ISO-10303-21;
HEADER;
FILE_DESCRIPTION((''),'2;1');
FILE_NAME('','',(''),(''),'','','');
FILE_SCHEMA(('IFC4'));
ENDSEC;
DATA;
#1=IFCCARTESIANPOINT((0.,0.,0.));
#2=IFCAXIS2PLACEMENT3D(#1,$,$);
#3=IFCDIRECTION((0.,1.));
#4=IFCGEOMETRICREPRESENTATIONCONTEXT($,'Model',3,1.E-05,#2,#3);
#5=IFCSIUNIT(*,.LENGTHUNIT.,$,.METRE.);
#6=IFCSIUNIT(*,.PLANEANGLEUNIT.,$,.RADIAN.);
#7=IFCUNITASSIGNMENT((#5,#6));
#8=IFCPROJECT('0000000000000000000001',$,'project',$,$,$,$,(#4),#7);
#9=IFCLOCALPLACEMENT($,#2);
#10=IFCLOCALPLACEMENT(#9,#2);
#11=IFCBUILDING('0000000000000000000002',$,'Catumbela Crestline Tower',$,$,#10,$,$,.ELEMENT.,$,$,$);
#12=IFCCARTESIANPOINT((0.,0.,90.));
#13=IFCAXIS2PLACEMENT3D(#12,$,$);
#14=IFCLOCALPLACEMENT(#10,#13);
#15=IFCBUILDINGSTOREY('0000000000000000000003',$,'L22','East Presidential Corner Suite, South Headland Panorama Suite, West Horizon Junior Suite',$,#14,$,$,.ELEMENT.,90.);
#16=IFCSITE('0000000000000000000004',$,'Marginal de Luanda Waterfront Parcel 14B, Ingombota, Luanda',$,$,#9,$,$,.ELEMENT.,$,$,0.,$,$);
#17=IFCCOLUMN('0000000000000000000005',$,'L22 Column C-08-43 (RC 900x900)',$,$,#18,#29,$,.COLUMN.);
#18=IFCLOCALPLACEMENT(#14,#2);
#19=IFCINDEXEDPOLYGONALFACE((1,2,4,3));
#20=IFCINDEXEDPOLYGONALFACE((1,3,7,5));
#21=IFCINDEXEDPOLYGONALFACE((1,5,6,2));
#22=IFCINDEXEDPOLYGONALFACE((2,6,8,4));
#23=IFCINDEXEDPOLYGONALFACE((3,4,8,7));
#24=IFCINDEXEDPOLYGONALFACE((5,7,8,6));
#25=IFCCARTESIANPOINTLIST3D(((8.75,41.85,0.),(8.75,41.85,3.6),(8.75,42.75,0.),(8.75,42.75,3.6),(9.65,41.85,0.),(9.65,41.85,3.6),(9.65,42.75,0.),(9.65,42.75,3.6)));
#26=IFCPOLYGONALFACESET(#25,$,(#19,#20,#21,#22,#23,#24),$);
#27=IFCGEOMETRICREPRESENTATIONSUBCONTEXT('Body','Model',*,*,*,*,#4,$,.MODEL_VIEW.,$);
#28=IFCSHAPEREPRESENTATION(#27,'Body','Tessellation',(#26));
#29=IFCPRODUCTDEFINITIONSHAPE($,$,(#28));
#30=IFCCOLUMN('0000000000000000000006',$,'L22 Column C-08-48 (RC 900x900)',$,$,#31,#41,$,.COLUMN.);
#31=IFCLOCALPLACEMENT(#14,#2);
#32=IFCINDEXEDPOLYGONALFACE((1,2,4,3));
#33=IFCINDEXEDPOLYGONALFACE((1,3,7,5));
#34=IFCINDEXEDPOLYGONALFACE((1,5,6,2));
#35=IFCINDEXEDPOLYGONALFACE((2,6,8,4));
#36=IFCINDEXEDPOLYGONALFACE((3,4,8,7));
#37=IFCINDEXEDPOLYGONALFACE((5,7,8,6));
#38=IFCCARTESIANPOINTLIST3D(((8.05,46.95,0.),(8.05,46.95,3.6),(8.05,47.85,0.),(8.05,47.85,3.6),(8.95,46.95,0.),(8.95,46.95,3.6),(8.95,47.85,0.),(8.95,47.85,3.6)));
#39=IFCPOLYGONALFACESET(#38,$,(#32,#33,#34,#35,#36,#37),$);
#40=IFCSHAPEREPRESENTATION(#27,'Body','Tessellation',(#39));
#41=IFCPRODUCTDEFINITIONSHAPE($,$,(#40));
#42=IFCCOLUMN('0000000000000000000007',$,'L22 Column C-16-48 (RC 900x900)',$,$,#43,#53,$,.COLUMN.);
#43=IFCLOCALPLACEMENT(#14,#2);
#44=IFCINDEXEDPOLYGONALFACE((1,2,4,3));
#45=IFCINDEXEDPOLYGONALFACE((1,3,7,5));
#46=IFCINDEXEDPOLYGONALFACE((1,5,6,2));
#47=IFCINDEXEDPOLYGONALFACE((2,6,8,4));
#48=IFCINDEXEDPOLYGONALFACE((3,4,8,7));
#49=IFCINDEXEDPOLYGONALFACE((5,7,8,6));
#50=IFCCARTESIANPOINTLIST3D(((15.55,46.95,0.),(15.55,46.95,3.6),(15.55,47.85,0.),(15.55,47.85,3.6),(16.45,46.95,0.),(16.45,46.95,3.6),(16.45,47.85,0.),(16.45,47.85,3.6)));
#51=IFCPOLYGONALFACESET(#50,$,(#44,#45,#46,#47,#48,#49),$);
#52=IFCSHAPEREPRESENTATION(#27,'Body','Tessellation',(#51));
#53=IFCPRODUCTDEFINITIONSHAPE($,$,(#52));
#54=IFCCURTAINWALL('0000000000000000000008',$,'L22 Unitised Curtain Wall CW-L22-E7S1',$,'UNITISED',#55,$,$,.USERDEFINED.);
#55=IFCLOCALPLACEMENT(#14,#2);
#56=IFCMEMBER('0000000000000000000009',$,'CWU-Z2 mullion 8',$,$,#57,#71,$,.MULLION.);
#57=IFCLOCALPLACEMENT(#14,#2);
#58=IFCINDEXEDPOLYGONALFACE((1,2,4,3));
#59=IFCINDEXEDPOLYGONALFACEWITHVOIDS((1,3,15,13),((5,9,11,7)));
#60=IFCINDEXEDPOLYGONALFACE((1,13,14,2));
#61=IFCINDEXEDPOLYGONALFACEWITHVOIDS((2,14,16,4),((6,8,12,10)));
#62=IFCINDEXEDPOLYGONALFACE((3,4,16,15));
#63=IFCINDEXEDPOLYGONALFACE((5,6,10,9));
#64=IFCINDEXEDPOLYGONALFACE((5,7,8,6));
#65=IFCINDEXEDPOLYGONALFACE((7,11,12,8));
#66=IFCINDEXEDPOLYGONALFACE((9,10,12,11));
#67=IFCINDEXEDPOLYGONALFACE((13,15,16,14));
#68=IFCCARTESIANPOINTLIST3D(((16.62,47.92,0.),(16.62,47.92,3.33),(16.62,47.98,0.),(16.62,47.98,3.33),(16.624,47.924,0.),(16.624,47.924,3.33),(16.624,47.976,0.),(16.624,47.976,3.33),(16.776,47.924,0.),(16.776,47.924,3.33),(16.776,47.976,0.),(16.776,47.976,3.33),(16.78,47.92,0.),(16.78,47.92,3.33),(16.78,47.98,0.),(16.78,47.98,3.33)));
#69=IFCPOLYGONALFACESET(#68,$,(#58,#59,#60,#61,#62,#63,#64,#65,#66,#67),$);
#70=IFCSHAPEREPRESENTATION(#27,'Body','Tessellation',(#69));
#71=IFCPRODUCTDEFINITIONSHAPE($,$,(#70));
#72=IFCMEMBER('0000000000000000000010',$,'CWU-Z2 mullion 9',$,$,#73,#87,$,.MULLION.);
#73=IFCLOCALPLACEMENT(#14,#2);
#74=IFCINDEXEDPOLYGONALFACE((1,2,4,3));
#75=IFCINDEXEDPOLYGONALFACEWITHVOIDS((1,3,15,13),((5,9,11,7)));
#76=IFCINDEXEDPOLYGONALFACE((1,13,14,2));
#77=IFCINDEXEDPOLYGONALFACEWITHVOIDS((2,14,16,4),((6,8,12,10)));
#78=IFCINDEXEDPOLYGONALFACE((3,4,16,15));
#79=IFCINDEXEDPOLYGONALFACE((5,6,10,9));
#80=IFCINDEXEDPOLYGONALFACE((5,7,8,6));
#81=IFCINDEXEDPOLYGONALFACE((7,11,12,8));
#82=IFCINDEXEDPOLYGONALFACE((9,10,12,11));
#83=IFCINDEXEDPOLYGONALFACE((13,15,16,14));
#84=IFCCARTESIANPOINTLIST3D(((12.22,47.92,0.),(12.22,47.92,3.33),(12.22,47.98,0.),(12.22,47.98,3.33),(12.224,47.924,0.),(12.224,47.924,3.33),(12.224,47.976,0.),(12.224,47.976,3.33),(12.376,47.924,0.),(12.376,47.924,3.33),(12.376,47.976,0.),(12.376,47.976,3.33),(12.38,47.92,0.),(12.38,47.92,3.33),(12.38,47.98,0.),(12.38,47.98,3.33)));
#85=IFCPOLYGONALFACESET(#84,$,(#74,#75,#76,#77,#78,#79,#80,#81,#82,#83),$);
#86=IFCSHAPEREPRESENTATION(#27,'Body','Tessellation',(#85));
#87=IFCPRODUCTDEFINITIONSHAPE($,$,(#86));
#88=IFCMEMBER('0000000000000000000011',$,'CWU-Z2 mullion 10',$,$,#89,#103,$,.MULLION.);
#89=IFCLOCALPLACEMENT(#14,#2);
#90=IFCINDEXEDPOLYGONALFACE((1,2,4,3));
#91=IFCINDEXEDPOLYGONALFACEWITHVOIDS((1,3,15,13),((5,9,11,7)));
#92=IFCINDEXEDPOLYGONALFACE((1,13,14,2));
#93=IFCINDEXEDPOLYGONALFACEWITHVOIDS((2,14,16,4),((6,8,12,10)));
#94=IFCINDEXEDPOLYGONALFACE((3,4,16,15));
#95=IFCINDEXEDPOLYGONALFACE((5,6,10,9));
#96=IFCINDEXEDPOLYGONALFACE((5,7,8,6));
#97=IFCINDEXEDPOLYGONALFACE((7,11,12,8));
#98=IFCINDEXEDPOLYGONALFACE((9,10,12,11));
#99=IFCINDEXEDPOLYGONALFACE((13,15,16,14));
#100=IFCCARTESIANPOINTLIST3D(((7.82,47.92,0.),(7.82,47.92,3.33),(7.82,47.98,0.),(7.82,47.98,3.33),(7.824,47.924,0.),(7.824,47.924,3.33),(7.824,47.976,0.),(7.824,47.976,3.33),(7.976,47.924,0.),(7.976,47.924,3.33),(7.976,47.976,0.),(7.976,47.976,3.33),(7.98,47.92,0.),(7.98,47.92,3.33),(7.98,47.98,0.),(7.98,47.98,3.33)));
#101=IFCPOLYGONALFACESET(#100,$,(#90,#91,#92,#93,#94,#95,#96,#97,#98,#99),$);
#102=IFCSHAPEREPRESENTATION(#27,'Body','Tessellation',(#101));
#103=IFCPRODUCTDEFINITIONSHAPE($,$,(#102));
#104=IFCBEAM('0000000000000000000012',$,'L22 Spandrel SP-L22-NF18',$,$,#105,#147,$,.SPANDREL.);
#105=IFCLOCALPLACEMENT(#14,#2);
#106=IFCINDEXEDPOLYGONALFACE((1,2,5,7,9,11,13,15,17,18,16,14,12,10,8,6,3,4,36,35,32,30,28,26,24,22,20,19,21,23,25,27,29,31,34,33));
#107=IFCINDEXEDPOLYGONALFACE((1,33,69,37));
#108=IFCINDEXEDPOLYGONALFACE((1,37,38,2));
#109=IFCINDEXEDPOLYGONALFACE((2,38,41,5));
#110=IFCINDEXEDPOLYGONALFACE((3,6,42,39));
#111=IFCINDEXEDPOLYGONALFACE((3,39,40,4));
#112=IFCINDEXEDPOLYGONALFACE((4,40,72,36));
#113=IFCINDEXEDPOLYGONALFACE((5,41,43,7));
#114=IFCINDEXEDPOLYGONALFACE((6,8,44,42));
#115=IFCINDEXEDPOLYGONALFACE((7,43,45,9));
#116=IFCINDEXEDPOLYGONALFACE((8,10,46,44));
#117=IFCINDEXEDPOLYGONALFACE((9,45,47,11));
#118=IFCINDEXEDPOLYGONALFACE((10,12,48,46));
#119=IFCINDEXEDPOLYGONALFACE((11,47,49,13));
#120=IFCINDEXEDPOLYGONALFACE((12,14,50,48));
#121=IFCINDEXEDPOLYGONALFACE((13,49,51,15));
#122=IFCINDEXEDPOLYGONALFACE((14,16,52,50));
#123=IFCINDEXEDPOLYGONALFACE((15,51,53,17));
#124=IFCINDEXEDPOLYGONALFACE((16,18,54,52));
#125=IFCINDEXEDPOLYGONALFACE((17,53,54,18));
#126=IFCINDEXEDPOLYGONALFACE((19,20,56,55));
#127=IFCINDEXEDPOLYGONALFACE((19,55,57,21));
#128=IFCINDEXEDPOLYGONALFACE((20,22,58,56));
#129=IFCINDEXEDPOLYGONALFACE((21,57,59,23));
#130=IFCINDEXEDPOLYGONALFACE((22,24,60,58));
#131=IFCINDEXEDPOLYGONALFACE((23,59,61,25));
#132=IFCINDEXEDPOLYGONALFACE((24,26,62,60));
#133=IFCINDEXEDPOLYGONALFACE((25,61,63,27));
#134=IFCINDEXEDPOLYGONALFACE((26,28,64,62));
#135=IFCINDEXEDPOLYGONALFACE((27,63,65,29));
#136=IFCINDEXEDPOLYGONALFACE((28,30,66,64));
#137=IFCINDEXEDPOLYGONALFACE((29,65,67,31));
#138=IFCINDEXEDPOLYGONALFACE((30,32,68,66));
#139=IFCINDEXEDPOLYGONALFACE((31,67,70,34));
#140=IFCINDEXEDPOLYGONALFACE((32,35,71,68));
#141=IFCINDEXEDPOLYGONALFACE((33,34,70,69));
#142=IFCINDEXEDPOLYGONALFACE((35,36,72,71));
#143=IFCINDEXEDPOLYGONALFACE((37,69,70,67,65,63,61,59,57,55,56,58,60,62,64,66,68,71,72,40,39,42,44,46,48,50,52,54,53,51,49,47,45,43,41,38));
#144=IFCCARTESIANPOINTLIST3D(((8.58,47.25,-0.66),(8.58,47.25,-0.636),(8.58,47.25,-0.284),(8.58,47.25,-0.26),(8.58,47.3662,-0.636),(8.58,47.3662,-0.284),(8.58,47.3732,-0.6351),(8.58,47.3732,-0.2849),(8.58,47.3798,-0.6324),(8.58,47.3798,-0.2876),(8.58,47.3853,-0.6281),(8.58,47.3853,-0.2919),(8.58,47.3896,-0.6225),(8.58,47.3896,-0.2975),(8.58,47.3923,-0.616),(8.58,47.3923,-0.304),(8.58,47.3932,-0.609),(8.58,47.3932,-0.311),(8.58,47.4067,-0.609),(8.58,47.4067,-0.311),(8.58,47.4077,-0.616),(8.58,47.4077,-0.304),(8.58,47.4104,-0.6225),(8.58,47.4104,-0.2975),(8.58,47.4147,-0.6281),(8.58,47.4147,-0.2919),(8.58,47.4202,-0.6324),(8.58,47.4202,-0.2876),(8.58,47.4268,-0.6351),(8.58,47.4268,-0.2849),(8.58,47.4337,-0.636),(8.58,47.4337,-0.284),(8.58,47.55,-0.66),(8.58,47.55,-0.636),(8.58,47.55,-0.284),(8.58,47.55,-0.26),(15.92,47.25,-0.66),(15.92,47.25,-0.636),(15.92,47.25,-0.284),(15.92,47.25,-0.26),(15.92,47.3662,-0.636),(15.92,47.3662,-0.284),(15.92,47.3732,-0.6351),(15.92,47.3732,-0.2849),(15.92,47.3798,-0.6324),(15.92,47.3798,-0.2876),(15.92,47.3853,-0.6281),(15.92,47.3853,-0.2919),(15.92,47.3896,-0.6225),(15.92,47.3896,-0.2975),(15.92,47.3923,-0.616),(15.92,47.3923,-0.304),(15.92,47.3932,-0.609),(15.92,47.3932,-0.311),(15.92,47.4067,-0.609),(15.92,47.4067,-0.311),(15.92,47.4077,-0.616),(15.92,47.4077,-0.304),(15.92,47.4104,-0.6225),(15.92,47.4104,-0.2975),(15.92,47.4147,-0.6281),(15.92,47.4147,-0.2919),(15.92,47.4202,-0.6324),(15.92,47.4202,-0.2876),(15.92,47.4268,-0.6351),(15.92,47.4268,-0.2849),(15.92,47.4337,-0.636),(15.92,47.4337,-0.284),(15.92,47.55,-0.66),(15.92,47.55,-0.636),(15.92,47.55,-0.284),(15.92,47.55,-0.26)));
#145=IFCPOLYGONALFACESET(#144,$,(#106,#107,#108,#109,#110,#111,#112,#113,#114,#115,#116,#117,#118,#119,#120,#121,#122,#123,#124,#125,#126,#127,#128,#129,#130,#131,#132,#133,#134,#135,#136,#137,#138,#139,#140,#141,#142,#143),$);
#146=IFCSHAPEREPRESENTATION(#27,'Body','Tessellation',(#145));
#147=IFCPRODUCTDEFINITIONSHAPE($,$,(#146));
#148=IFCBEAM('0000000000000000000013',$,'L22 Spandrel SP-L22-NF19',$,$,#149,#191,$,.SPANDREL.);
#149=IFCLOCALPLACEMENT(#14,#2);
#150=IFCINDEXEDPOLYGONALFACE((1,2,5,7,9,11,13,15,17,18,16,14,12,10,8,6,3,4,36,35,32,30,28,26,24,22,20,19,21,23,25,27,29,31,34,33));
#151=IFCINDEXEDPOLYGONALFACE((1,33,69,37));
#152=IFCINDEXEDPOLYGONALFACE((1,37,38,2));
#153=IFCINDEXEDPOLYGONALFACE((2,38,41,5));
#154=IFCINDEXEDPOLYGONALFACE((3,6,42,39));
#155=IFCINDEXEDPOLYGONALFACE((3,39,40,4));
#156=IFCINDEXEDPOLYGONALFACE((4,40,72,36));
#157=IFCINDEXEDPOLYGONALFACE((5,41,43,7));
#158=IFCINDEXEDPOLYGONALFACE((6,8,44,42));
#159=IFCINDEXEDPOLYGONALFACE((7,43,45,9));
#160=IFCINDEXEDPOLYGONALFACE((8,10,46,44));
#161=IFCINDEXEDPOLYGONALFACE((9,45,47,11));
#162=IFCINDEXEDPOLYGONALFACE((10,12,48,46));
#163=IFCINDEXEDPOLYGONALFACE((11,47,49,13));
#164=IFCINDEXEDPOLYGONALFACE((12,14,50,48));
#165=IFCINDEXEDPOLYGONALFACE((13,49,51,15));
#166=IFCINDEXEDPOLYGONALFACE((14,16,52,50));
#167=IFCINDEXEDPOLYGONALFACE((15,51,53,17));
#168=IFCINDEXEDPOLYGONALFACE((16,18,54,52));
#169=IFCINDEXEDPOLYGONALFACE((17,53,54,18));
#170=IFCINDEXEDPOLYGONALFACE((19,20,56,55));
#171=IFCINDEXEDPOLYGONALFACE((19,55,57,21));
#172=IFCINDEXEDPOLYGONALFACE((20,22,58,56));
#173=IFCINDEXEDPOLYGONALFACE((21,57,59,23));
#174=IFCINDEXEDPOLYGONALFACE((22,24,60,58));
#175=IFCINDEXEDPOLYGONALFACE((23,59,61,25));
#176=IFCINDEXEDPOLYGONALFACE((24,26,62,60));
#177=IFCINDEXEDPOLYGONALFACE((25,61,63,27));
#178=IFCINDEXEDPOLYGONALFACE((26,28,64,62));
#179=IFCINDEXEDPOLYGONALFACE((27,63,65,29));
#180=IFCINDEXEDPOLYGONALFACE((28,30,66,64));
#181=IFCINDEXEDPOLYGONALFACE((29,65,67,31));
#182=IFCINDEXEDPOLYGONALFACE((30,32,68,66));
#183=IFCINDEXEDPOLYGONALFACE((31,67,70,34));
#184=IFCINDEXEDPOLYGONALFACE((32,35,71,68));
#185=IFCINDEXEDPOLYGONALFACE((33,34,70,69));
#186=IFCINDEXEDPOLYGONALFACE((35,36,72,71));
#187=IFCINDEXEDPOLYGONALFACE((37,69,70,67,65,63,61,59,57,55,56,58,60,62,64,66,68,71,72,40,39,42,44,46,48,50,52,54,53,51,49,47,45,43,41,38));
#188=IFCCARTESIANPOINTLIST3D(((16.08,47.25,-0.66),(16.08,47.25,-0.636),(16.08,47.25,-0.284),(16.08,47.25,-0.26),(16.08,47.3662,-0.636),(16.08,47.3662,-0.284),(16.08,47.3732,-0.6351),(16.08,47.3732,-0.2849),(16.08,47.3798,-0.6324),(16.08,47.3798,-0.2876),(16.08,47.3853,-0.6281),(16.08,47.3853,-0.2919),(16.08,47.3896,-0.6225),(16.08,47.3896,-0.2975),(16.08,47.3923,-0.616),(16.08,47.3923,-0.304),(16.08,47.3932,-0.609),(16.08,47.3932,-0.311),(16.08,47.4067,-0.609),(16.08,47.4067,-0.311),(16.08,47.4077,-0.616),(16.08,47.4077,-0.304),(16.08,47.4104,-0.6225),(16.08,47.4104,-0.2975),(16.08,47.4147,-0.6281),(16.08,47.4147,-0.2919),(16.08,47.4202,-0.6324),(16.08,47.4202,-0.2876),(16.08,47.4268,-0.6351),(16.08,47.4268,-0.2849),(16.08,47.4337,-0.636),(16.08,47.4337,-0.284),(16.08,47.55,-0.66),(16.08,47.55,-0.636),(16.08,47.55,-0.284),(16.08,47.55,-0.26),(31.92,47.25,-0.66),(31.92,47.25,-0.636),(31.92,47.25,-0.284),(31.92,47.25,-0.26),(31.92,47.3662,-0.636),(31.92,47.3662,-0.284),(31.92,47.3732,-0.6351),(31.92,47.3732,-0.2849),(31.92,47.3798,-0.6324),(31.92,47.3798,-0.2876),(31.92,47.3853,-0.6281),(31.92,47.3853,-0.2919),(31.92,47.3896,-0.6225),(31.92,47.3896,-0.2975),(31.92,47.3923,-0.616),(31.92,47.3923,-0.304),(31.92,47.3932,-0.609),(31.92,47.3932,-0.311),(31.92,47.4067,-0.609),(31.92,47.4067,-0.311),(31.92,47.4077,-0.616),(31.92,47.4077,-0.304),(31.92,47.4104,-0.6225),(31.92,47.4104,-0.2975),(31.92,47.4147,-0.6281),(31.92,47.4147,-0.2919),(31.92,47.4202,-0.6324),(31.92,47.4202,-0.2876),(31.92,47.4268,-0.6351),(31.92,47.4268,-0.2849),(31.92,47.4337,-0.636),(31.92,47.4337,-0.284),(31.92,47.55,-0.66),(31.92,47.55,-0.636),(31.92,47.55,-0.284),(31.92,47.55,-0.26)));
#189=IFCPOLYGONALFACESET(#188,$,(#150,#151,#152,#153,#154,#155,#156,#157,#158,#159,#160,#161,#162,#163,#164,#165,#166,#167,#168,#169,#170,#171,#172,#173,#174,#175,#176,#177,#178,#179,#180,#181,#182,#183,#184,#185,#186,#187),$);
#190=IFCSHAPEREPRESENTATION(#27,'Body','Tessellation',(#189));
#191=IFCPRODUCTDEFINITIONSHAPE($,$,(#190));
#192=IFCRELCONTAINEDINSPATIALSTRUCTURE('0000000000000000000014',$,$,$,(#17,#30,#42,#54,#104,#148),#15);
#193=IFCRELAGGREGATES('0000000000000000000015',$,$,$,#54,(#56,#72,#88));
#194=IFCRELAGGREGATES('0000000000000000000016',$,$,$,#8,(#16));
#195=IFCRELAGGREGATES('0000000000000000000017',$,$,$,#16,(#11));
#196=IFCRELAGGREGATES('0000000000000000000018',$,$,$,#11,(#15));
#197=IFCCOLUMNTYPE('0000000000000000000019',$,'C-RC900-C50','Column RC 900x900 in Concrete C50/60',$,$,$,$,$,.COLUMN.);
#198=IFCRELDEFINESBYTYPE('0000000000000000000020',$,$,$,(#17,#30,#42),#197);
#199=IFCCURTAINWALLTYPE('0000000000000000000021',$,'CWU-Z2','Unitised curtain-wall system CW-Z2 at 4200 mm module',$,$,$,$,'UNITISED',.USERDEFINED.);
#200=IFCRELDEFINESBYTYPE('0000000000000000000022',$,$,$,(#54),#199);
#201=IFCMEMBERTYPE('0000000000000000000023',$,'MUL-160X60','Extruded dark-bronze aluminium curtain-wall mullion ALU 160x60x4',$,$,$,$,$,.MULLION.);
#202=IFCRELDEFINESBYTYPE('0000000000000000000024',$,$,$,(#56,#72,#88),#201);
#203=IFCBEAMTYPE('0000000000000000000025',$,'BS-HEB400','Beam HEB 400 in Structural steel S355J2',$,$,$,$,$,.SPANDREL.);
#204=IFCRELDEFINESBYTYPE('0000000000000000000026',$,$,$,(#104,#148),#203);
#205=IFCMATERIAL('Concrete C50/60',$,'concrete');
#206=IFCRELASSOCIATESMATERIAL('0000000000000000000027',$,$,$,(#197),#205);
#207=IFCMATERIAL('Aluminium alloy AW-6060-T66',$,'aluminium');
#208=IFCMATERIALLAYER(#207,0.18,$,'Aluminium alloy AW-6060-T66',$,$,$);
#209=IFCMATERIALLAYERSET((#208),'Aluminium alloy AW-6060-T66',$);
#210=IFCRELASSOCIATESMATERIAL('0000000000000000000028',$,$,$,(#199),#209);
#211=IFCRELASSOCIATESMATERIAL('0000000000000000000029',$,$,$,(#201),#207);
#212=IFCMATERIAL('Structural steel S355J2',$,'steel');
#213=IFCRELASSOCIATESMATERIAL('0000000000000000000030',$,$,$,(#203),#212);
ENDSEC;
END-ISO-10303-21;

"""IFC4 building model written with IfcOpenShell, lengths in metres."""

from ifc_helpers import new_model, si_unit, direction, frame, origin, origin_2d, place, context, subcontext, project, spatial, rectangle, hollow_rectangle, i_section, extrude, material, layer, layer_set, material_profile, profile_set, type_object, element, aggregate, save


model = new_model("IFC4")

# Units and contexts
model_context = context("Model", 3, precision=1e-05, world=origin(), true_north=direction((0.0, 1.0)))
body_context = subcontext(model_context, "Body", "Model", "MODEL_VIEW")
ifc_project = project(units=[si_unit("LENGTHUNIT", "METRE"), si_unit("PLANEANGLEUNIT", "RADIAN")], contexts=[model_context])

# Site, building, storey
site_placement = place(None, origin())
site = spatial("IfcSite", under=ifc_project, at=site_placement, Name="Marginal de Luanda Waterfront Parcel 14B, Ingombota, Luanda", CompositionType="ELEMENT", RefElevation=0.0)
building_placement = place(site_placement, origin())
building = spatial("IfcBuilding", under=site, at=building_placement, Name="Catumbela Crestline Tower", CompositionType="ELEMENT")
storey_placement = place(building_placement, frame((0.0, 0.0, 90.0)))
storey = spatial("IfcBuildingStorey", under=building, at=storey_placement, Name="L22", Description="East Presidential Corner Suite, South Headland Panorama Suite, West Horizon Junior Suite", CompositionType="ELEMENT", Elevation=90.0)

# Columns
ifc_material_1 = material(Name="Concrete C50/60", Category="concrete")
ifc_material_profile_1 = material_profile(ifc_material_1, rectangle(XDim=0.9, YDim=0.9, at=origin_2d()), Name="RC 900x900")
ifc_profile_set_1 = profile_set([ifc_material_profile_1], Name="Concrete C50/60")
column_type = type_object("IfcColumnType", Name="C-RC900-C50", Description="Column RC 900x900 in Concrete C50/60", PredefinedType="COLUMN", material=ifc_profile_set_1)
for number, where, z_axis, x_axis, name in (
    (1, (9.2, 42.3, 0.0), (0.0, 0.0, 1.0), (1.0, 0.0, 0.0), "L22 Column C-08-43 (RC 900x900)"),
    (2, (8.5, 47.4, 0.0), (0.0, 0.0, 1.0), (1.0, 0.0, 0.0), "L22 Column C-08-48 (RC 900x900)"),
    (3, (16.0, 47.4, 0.0), (0.0, 0.0, 1.0), (1.0, 0.0, 0.0), "L22 Column C-16-48 (RC 900x900)"),
):
    element("IfcColumn", number, at=place(storey_placement, frame(where, z_axis=z_axis, x_axis=x_axis)), inside=storey, type_object=column_type, Name=name, PredefinedType="COLUMN", context=body_context, shape_type="SweptSolid", body=[
        extrude(rectangle(XDim=0.9, YDim=0.9, at=origin_2d()), origin(), (0.0, 0.0, 1.0), 3.6),
    ])

# Curtain wall, members
ifc_material_2 = material(Name="Aluminium alloy AW-6060-T66", Category="aluminium")
ifc_layer_1 = layer(ifc_material_2, 0.18, Name="Aluminium alloy AW-6060-T66")
ifc_layer_set_1 = layer_set([ifc_layer_1], Name="Aluminium alloy AW-6060-T66")
curtain_wall_type = type_object("IfcCurtainWallType", Name="CWU-Z2", Description="Unitised curtain-wall system CW-Z2 at 4200 mm module", ElementType="UNITISED", PredefinedType="USERDEFINED", material=ifc_layer_set_1)
curtain_wall_placement = place(storey_placement, origin())
curtain_wall = element("IfcCurtainWall", 4, at=curtain_wall_placement, inside=storey, type_object=curtain_wall_type, Name="L22 Unitised Curtain Wall CW-L22-E7S1", ObjectType="UNITISED", PredefinedType="USERDEFINED")
ifc_material_profile_2 = material_profile(ifc_material_2, hollow_rectangle(XDim=0.06, YDim=0.16, WallThickness=0.004, at=origin_2d()), Name="ALU 160x60x4")
ifc_profile_set_2 = profile_set([ifc_material_profile_2], Name="Aluminium alloy AW-6060-T66")
member_type_1 = type_object("IfcMemberType", Name="MUL-160X60", Description="Extruded dark-bronze aluminium curtain-wall mullion ALU 160x60x4", PredefinedType="MULLION", material=ifc_profile_set_2)
member_1_placement = place(storey_placement, frame((16.7, 47.95, 0.0), z_axis=(0.0, 0.0, 1.0), x_axis=(0.0, -1.0, 0.0)))
member_1 = element("IfcMember", 5, at=member_1_placement, type_object=member_type_1, Name="CWU-Z2 mullion 8", PredefinedType="MULLION", context=body_context, shape_type="SweptSolid", body=[
    extrude(hollow_rectangle(XDim=0.06, YDim=0.16, WallThickness=0.004, at=origin_2d()), origin(), (0.0, 0.0, 1.0), 3.33),
])
member_2_placement = place(storey_placement, frame((12.3, 47.95, 0.0), z_axis=(0.0, 0.0, 1.0), x_axis=(0.0, -1.0, 0.0)))
member_2 = element("IfcMember", 6, at=member_2_placement, type_object=member_type_1, Name="CWU-Z2 mullion 9", PredefinedType="MULLION", context=body_context, shape_type="SweptSolid", body=[
    extrude(hollow_rectangle(XDim=0.06, YDim=0.16, WallThickness=0.004, at=origin_2d()), origin(), (0.0, 0.0, 1.0), 3.33),
])
member_3_placement = place(storey_placement, frame((7.9, 47.95, 0.0), z_axis=(0.0, 0.0, 1.0), x_axis=(0.0, -1.0, 0.0)))
member_3 = element("IfcMember", 7, at=member_3_placement, type_object=member_type_1, Name="CWU-Z2 mullion 10", PredefinedType="MULLION", context=body_context, shape_type="SweptSolid", body=[
    extrude(hollow_rectangle(XDim=0.06, YDim=0.16, WallThickness=0.004, at=origin_2d()), origin(), (0.0, 0.0, 1.0), 3.33),
])

# Beams
ifc_material_3 = material(Name="Structural steel S355J2", Category="steel")
ifc_material_profile_3 = material_profile(ifc_material_3, i_section(OverallWidth=0.3, OverallDepth=0.4, WebThickness=0.0135, FlangeThickness=0.024, FilletRadius=0.027, at=origin_2d()), Name="HEB 400")
ifc_profile_set_3 = profile_set([ifc_material_profile_3], Name="Structural steel S355J2")
beam_type = type_object("IfcBeamType", Name="BS-HEB400", Description="Beam HEB 400 in Structural steel S355J2", PredefinedType="SPANDREL", material=ifc_profile_set_3)
beam_1_placement = place(storey_placement, frame((8.58, 47.4, -0.46), z_axis=(1.0, 0.0, 0.0), x_axis=(0.0, 1.0, 0.0)))
element("IfcBeam", 8, at=beam_1_placement, inside=storey, type_object=beam_type, Name="L22 Spandrel SP-L22-NF18", PredefinedType="SPANDREL", context=body_context, shape_type="SweptSolid", body=[
    extrude(i_section(OverallWidth=0.3, OverallDepth=0.4, WebThickness=0.0135, FlangeThickness=0.024, FilletRadius=0.027, at=origin_2d()), origin(), (0.0, 0.0, 1.0), 7.34),
])
beam_2_placement = place(storey_placement, frame((16.08, 47.4, -0.46), z_axis=(1.0, 0.0, 0.0), x_axis=(0.0, 1.0, 0.0)))
element("IfcBeam", 9, at=beam_2_placement, inside=storey, type_object=beam_type, Name="L22 Spandrel SP-L22-NF19", PredefinedType="SPANDREL", context=body_context, shape_type="SweptSolid", body=[
    extrude(i_section(OverallWidth=0.3, OverallDepth=0.4, WebThickness=0.0135, FlangeThickness=0.024, FilletRadius=0.027, at=origin_2d()), origin(), (0.0, 0.0, 1.0), 15.84),
])

aggregate(curtain_wall, [member_1, member_2, member_3])

save(model, "model.ifc")
